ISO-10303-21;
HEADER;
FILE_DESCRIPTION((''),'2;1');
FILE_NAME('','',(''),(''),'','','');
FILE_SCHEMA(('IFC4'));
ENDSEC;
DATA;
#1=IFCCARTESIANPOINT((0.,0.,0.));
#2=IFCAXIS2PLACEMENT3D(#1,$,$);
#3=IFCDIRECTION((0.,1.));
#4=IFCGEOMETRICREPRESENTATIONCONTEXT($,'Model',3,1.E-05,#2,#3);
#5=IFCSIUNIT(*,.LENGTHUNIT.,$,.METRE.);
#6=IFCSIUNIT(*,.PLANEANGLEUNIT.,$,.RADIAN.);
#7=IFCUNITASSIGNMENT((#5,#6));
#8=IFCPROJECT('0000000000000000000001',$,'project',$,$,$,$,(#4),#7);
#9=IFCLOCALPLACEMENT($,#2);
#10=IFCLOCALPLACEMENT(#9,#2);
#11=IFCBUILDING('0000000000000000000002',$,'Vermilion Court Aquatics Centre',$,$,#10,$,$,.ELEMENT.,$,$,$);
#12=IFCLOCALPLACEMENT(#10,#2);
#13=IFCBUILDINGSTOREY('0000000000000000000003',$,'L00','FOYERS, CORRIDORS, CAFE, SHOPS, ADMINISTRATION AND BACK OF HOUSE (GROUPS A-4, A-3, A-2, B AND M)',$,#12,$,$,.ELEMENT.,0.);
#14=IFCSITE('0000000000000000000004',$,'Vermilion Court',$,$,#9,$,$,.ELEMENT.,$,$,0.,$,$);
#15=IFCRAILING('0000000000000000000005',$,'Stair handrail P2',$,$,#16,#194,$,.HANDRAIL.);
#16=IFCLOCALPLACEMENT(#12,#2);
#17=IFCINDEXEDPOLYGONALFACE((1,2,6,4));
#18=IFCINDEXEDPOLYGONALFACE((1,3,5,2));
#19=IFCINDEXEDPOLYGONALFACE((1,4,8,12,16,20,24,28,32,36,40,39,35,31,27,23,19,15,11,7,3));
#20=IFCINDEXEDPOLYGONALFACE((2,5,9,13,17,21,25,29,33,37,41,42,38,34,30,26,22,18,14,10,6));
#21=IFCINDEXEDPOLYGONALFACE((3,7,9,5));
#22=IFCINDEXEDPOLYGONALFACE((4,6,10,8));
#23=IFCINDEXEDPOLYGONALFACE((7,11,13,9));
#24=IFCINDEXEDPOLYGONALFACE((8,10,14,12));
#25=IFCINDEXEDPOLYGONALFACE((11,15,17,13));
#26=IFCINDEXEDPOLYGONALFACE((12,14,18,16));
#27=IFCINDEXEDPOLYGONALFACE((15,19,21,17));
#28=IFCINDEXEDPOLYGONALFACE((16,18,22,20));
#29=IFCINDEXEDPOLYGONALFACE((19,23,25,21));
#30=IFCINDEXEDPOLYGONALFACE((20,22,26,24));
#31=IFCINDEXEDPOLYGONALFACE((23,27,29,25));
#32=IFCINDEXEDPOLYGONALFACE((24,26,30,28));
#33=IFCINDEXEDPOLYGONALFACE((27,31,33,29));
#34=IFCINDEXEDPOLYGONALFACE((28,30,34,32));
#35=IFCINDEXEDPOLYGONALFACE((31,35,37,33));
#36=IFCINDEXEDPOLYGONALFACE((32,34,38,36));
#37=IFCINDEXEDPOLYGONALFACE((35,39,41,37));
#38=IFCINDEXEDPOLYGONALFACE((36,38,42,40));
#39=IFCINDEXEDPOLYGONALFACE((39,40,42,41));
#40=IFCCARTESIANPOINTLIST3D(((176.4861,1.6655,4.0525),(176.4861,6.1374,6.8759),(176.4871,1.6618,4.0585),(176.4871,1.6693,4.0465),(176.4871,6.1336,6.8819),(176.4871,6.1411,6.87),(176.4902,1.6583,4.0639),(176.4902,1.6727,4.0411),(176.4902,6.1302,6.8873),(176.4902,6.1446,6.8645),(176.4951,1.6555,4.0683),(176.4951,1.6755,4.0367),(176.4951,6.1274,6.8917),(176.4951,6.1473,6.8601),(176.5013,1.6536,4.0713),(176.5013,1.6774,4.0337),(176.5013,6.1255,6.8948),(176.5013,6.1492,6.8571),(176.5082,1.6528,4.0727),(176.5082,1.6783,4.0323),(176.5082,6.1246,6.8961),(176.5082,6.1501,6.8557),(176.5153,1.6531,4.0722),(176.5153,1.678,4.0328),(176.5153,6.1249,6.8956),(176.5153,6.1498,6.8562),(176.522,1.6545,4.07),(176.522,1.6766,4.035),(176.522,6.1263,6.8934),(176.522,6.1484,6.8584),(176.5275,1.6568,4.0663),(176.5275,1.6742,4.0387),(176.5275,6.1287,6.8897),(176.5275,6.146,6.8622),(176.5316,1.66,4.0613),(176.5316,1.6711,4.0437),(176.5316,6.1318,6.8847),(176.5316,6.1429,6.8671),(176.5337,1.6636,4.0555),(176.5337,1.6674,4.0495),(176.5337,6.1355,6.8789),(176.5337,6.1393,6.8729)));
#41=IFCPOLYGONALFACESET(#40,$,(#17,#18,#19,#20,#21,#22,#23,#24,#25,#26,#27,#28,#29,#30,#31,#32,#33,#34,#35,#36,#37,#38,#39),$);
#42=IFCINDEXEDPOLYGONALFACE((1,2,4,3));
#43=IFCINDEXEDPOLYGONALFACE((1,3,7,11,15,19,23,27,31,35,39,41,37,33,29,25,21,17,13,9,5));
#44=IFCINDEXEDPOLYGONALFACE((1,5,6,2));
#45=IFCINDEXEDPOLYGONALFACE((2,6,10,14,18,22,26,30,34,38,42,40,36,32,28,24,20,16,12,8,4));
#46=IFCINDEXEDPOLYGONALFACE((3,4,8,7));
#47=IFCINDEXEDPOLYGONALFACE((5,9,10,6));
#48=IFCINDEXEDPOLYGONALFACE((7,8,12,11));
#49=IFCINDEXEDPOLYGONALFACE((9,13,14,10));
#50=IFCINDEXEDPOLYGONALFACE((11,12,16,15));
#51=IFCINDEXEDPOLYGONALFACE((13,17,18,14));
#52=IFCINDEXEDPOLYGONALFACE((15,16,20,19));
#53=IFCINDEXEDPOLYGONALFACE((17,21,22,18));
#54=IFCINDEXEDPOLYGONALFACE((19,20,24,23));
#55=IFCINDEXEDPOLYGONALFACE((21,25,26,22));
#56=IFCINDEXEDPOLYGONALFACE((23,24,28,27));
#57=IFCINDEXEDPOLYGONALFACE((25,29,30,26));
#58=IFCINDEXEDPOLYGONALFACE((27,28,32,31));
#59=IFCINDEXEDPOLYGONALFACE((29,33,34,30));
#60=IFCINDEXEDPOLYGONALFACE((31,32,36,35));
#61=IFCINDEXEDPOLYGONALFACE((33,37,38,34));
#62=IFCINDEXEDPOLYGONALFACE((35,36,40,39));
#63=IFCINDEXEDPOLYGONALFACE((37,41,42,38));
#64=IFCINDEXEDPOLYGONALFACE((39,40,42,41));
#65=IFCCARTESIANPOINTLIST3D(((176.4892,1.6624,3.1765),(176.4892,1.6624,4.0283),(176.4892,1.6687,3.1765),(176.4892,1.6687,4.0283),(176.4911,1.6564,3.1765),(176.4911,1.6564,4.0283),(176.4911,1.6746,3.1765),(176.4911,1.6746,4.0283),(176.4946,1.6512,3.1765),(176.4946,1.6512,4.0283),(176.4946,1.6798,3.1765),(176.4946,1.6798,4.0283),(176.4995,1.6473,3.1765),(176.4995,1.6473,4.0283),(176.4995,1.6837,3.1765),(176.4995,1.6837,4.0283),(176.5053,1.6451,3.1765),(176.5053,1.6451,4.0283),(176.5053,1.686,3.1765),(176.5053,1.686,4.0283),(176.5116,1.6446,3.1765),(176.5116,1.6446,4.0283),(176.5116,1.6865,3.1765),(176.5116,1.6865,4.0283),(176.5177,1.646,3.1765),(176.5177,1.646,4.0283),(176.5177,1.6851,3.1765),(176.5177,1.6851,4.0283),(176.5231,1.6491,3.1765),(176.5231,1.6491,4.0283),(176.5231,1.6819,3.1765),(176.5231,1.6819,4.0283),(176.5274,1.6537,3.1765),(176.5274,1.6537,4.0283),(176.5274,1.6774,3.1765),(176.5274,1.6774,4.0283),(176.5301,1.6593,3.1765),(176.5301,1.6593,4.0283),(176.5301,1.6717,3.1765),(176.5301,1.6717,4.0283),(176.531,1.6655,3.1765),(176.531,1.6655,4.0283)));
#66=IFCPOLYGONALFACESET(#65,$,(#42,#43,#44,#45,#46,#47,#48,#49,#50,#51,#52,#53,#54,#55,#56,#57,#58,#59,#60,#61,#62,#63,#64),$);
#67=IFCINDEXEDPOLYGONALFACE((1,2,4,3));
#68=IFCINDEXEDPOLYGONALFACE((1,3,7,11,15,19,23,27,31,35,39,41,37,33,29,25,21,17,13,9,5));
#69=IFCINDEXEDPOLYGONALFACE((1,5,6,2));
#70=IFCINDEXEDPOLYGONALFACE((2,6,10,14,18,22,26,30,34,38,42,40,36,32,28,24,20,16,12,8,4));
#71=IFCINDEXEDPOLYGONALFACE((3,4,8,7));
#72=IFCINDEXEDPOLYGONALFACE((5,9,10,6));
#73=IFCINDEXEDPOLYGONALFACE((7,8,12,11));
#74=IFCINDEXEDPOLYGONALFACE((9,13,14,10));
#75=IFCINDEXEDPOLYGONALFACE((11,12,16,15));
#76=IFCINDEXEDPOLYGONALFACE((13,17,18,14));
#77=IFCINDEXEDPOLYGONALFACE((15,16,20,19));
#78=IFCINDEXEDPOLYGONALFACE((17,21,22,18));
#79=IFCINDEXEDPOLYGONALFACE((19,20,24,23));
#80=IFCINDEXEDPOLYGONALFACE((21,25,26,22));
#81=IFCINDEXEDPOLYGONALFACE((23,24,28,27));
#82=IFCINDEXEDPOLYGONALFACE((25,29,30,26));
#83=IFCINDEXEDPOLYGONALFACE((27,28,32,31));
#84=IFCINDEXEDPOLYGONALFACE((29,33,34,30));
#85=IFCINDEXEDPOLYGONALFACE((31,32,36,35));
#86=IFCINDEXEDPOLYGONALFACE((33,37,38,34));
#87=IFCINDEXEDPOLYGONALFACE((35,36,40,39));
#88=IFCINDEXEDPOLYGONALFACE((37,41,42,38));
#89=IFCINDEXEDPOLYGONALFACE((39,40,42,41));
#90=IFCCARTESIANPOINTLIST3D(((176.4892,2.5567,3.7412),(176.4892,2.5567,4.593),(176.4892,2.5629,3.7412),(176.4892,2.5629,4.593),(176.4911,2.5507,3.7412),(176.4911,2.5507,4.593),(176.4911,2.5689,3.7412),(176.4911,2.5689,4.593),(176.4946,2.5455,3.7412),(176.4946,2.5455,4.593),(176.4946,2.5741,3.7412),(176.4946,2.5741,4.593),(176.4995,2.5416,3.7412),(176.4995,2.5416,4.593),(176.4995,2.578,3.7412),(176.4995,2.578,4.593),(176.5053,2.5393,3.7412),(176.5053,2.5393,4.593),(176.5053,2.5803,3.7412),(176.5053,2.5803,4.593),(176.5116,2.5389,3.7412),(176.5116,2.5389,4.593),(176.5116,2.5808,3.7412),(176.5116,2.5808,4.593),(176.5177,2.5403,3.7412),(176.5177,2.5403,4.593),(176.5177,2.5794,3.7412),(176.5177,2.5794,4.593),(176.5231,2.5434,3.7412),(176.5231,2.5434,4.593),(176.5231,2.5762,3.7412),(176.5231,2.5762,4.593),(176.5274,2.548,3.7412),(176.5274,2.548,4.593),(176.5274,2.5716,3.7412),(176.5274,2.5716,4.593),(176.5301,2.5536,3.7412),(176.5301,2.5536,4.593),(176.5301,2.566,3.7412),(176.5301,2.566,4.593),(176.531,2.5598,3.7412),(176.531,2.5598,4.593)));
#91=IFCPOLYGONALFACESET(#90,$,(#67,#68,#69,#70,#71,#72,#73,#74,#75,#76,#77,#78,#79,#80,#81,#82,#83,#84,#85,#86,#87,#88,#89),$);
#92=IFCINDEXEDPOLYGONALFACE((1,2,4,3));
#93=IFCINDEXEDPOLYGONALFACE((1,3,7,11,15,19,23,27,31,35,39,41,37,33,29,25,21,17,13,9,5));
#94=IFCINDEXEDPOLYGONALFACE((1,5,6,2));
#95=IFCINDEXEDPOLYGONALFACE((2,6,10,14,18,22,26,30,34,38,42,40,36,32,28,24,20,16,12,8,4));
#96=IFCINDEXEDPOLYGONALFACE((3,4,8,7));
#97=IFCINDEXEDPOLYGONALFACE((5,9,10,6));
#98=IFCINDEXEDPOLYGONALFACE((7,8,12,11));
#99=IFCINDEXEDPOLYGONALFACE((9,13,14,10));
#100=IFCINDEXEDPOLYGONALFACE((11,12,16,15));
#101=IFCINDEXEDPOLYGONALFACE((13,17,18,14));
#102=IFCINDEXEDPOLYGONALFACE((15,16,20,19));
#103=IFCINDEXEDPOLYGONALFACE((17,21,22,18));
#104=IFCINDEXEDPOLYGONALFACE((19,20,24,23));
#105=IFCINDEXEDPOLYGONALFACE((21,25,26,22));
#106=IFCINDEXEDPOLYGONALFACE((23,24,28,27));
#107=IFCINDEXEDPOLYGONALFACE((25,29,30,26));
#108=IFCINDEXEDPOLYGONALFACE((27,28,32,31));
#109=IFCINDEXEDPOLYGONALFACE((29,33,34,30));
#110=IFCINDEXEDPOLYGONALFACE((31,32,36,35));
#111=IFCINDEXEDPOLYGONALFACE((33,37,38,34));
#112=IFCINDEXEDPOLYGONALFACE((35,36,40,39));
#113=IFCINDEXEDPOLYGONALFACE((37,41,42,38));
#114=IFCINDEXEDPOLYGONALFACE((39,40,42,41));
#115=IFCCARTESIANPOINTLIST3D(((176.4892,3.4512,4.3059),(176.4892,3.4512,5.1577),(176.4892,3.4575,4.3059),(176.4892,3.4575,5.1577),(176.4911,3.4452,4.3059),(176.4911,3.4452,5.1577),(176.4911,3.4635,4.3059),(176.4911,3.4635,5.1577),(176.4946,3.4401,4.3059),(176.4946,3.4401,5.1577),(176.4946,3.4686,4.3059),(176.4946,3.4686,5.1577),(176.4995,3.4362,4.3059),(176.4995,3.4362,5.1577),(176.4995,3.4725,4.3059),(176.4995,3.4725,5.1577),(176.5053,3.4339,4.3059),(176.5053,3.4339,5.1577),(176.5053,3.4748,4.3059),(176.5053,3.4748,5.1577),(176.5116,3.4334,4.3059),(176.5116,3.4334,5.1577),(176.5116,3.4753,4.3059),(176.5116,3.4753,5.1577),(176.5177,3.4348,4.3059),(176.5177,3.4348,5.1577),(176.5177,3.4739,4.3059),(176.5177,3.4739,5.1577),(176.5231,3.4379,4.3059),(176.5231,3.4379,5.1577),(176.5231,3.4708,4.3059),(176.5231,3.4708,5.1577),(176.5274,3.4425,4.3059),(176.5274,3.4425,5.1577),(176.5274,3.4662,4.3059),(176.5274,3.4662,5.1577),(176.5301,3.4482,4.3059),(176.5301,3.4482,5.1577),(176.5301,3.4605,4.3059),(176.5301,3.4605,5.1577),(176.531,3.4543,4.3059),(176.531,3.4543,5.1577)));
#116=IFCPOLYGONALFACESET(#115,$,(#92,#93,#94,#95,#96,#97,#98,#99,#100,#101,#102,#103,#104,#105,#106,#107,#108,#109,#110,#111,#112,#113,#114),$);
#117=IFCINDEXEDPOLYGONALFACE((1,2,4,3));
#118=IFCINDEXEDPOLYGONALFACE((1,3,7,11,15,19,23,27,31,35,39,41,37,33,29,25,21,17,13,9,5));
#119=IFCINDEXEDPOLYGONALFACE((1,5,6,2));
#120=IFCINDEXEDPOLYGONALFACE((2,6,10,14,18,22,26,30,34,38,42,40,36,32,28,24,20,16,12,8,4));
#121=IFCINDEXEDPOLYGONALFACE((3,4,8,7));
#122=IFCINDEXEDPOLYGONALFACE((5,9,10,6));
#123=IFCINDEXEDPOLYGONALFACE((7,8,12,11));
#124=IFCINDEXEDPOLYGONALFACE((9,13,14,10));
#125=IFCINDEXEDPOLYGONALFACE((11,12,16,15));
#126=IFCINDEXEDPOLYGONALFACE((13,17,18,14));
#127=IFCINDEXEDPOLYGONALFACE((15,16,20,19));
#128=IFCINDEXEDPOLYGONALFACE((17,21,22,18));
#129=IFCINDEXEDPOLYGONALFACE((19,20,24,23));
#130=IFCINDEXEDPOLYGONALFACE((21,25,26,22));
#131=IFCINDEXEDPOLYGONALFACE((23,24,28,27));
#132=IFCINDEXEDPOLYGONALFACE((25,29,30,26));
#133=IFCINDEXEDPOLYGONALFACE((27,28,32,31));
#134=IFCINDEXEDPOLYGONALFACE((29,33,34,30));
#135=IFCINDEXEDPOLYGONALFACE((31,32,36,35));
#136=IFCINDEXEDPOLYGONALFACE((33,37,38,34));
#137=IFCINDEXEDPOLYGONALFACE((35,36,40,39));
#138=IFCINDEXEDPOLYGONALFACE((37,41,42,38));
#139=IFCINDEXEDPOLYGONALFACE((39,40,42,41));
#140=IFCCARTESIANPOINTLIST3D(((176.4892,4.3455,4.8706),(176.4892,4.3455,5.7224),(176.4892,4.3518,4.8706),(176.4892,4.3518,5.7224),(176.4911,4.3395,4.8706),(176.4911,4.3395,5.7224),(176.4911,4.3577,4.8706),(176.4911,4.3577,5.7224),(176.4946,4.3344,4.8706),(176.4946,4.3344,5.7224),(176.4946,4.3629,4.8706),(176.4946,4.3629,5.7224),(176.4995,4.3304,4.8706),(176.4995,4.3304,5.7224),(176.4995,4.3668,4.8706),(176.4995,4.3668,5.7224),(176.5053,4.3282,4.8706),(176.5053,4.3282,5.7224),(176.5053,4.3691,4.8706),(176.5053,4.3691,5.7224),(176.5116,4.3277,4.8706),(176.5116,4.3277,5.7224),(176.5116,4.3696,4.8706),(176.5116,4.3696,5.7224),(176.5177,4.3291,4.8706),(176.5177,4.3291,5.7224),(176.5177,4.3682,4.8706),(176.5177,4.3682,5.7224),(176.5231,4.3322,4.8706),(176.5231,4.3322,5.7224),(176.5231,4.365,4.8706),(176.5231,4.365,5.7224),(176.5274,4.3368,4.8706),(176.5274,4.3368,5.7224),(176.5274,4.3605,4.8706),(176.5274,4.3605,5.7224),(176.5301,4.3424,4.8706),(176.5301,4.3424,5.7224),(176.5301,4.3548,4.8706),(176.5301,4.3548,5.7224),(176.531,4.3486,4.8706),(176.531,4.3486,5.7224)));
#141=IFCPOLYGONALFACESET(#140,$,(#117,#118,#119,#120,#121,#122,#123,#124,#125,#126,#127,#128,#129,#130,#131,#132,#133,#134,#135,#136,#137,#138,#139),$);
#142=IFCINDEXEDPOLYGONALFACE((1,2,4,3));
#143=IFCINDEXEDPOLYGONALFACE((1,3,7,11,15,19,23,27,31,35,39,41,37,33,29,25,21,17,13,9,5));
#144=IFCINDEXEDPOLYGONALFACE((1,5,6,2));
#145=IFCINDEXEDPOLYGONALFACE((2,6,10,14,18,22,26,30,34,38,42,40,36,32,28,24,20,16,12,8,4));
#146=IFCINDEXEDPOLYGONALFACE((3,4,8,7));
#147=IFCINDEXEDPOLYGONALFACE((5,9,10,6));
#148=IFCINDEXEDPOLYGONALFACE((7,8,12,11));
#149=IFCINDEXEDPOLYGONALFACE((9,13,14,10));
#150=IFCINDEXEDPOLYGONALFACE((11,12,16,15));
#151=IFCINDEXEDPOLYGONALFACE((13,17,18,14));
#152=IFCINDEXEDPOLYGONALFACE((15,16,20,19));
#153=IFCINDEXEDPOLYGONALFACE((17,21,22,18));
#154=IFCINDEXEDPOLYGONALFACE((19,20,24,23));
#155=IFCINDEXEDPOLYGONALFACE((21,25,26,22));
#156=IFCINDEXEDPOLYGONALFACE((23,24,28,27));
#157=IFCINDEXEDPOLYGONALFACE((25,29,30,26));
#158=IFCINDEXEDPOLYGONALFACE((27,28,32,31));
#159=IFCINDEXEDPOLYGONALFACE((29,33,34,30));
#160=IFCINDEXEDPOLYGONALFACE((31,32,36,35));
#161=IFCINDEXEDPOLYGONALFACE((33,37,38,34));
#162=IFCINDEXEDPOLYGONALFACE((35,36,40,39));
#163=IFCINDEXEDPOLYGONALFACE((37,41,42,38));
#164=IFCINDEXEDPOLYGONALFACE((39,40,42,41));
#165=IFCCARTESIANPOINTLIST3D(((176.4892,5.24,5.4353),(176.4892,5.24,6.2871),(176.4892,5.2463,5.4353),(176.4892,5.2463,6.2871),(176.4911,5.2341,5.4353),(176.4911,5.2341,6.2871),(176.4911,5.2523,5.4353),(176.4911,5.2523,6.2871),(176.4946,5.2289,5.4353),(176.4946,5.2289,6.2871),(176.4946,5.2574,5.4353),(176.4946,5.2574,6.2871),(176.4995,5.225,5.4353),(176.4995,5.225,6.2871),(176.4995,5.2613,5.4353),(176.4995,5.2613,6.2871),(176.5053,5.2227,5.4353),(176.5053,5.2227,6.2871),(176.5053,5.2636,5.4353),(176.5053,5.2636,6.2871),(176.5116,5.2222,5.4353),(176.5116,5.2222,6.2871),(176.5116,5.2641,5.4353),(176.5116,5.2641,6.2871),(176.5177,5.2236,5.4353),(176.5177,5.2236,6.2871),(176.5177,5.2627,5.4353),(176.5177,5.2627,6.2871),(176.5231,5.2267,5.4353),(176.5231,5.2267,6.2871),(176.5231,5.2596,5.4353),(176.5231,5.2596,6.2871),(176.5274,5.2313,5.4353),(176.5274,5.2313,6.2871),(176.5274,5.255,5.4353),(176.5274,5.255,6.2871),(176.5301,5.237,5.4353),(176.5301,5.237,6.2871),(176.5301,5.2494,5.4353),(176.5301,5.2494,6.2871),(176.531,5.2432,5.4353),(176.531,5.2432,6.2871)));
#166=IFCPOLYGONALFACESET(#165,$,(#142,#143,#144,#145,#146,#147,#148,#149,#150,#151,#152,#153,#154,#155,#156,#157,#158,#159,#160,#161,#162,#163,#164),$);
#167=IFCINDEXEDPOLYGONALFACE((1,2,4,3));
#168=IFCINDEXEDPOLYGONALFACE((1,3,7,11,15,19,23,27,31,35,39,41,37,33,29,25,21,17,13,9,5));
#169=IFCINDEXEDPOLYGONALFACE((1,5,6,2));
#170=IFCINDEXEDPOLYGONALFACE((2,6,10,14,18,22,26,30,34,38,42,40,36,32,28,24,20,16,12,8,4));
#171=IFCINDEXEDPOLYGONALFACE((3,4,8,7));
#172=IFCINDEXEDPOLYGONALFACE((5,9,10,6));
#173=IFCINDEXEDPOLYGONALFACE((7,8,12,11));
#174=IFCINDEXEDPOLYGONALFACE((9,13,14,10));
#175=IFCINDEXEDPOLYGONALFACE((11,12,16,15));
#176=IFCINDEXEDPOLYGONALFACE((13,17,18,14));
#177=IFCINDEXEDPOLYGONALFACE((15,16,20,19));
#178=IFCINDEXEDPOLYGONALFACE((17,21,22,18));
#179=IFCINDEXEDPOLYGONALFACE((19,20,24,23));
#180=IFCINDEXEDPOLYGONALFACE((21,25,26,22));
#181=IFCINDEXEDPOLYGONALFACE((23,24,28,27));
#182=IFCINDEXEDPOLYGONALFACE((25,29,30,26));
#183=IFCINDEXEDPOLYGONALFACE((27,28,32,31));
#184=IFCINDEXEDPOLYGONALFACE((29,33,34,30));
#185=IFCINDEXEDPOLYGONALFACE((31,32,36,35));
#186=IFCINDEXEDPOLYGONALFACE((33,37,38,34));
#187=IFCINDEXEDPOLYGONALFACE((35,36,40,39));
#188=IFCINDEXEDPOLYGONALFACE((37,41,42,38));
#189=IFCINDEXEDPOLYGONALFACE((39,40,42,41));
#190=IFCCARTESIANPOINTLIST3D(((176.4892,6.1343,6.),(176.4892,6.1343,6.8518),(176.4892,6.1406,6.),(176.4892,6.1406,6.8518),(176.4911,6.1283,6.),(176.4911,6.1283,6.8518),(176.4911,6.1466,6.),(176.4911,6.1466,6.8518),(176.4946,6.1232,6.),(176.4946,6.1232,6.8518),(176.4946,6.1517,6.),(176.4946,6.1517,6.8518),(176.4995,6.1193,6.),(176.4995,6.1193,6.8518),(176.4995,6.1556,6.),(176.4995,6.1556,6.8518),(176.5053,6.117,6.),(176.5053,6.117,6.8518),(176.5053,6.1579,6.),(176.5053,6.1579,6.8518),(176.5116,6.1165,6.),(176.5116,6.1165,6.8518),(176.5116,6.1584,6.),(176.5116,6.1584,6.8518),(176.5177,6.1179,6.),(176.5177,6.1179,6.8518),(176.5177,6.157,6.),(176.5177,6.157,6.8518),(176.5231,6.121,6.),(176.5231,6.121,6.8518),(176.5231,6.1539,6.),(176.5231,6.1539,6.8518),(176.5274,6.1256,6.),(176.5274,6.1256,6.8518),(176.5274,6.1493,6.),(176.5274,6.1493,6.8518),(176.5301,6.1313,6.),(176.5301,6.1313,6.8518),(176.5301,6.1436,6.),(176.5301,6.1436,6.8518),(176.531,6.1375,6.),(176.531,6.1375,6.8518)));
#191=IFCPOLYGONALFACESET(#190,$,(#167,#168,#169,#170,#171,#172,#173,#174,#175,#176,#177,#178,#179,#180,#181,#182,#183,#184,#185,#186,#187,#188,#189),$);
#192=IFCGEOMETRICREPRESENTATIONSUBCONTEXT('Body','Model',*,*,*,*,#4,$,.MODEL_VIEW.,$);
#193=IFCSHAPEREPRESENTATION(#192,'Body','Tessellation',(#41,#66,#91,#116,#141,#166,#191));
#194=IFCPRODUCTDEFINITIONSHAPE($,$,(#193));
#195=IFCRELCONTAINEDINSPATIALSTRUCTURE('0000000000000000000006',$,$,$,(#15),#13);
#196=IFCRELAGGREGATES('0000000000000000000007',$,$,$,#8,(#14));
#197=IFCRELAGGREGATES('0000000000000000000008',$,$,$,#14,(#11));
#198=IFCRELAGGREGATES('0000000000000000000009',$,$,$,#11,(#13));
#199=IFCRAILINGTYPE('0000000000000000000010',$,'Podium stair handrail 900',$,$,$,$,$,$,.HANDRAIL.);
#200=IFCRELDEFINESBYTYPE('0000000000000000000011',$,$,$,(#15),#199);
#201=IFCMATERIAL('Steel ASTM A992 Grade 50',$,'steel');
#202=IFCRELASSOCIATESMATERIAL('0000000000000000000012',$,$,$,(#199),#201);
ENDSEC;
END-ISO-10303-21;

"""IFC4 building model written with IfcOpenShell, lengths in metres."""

from ifc_helpers import new_model, si_unit, direction, frame, origin, origin_2d, place, context, subcontext, project, spatial, circle, extrude, material, type_object, element, save


model = new_model("IFC4")

# Units and contexts
model_context = context("Model", 3, precision=1e-05, world=origin(), true_north=direction((0.0, 1.0)))
body_context = subcontext(model_context, "Body", "Model", "MODEL_VIEW")
ifc_project = project(units=[si_unit("LENGTHUNIT", "METRE"), si_unit("PLANEANGLEUNIT", "RADIAN")], contexts=[model_context])

# Site, building, storey
site_placement = place(None, origin())
site = spatial("IfcSite", under=ifc_project, at=site_placement, Name="Vermilion Court", CompositionType="ELEMENT", RefElevation=0.0)
building_placement = place(site_placement, origin())
building = spatial("IfcBuilding", under=site, at=building_placement, Name="Vermilion Court Aquatics Centre", CompositionType="ELEMENT")
storey_placement = place(building_placement, origin())
storey = spatial("IfcBuildingStorey", under=building, at=storey_placement, Name="L00", Description="FOYERS, CORRIDORS, CAFE, SHOPS, ADMINISTRATION AND BACK OF HOUSE (GROUPS A-4, A-3, A-2, B AND M)", CompositionType="ELEMENT", Elevation=0.0)

# Railing
ifc_material_1 = material(Name="Steel ASTM A992 Grade 50", Category="steel")
railing_type_1 = type_object("IfcRailingType", Name="Podium stair handrail 900", PredefinedType="HANDRAIL", material=ifc_material_1)
for number, where, name in (
    (1, (176.51, 1.6655, 3.1765), "Stair handrail P2"),
):
    element("IfcRailing", number, at=place(storey_placement, frame(where)), inside=storey, type_object=railing_type_1, Name=name, PredefinedType="HANDRAIL", context=body_context, shape_type="SweptSolid", body=[
        extrude(circle(Radius=0.0239, at=origin_2d()), frame((0.0, 0.0, 0.876), z_axis=(0.0, 0.845565, 0.533873), x_axis=(-1.0, 0.0, 0.0)), (0.0, 0.0, 1.0), 5.2886),
        extrude(circle(Radius=0.021, at=origin_2d()), origin(), (0.0, 0.0, 1.0), 0.8518),
        extrude(circle(Radius=0.021, at=origin_2d()), frame((0.0, 0.8943, 0.5647)), (0.0, 0.0, 1.0), 0.8518),
        extrude(circle(Radius=0.021, at=origin_2d()), frame((0.0, 1.7888, 1.1294)), (0.0, 0.0, 1.0), 0.8518),
        extrude(circle(Radius=0.021, at=origin_2d()), frame((0.0, 2.6831, 1.6941)), (0.0, 0.0, 1.0), 0.8518),
        extrude(circle(Radius=0.021, at=origin_2d()), frame((0.0, 3.5776, 2.2588)), (0.0, 0.0, 1.0), 0.8518),
        extrude(circle(Radius=0.021, at=origin_2d()), frame((0.0, 4.4719, 2.8235)), (0.0, 0.0, 1.0), 0.8518),
    ])

save(model, "model.ifc")
